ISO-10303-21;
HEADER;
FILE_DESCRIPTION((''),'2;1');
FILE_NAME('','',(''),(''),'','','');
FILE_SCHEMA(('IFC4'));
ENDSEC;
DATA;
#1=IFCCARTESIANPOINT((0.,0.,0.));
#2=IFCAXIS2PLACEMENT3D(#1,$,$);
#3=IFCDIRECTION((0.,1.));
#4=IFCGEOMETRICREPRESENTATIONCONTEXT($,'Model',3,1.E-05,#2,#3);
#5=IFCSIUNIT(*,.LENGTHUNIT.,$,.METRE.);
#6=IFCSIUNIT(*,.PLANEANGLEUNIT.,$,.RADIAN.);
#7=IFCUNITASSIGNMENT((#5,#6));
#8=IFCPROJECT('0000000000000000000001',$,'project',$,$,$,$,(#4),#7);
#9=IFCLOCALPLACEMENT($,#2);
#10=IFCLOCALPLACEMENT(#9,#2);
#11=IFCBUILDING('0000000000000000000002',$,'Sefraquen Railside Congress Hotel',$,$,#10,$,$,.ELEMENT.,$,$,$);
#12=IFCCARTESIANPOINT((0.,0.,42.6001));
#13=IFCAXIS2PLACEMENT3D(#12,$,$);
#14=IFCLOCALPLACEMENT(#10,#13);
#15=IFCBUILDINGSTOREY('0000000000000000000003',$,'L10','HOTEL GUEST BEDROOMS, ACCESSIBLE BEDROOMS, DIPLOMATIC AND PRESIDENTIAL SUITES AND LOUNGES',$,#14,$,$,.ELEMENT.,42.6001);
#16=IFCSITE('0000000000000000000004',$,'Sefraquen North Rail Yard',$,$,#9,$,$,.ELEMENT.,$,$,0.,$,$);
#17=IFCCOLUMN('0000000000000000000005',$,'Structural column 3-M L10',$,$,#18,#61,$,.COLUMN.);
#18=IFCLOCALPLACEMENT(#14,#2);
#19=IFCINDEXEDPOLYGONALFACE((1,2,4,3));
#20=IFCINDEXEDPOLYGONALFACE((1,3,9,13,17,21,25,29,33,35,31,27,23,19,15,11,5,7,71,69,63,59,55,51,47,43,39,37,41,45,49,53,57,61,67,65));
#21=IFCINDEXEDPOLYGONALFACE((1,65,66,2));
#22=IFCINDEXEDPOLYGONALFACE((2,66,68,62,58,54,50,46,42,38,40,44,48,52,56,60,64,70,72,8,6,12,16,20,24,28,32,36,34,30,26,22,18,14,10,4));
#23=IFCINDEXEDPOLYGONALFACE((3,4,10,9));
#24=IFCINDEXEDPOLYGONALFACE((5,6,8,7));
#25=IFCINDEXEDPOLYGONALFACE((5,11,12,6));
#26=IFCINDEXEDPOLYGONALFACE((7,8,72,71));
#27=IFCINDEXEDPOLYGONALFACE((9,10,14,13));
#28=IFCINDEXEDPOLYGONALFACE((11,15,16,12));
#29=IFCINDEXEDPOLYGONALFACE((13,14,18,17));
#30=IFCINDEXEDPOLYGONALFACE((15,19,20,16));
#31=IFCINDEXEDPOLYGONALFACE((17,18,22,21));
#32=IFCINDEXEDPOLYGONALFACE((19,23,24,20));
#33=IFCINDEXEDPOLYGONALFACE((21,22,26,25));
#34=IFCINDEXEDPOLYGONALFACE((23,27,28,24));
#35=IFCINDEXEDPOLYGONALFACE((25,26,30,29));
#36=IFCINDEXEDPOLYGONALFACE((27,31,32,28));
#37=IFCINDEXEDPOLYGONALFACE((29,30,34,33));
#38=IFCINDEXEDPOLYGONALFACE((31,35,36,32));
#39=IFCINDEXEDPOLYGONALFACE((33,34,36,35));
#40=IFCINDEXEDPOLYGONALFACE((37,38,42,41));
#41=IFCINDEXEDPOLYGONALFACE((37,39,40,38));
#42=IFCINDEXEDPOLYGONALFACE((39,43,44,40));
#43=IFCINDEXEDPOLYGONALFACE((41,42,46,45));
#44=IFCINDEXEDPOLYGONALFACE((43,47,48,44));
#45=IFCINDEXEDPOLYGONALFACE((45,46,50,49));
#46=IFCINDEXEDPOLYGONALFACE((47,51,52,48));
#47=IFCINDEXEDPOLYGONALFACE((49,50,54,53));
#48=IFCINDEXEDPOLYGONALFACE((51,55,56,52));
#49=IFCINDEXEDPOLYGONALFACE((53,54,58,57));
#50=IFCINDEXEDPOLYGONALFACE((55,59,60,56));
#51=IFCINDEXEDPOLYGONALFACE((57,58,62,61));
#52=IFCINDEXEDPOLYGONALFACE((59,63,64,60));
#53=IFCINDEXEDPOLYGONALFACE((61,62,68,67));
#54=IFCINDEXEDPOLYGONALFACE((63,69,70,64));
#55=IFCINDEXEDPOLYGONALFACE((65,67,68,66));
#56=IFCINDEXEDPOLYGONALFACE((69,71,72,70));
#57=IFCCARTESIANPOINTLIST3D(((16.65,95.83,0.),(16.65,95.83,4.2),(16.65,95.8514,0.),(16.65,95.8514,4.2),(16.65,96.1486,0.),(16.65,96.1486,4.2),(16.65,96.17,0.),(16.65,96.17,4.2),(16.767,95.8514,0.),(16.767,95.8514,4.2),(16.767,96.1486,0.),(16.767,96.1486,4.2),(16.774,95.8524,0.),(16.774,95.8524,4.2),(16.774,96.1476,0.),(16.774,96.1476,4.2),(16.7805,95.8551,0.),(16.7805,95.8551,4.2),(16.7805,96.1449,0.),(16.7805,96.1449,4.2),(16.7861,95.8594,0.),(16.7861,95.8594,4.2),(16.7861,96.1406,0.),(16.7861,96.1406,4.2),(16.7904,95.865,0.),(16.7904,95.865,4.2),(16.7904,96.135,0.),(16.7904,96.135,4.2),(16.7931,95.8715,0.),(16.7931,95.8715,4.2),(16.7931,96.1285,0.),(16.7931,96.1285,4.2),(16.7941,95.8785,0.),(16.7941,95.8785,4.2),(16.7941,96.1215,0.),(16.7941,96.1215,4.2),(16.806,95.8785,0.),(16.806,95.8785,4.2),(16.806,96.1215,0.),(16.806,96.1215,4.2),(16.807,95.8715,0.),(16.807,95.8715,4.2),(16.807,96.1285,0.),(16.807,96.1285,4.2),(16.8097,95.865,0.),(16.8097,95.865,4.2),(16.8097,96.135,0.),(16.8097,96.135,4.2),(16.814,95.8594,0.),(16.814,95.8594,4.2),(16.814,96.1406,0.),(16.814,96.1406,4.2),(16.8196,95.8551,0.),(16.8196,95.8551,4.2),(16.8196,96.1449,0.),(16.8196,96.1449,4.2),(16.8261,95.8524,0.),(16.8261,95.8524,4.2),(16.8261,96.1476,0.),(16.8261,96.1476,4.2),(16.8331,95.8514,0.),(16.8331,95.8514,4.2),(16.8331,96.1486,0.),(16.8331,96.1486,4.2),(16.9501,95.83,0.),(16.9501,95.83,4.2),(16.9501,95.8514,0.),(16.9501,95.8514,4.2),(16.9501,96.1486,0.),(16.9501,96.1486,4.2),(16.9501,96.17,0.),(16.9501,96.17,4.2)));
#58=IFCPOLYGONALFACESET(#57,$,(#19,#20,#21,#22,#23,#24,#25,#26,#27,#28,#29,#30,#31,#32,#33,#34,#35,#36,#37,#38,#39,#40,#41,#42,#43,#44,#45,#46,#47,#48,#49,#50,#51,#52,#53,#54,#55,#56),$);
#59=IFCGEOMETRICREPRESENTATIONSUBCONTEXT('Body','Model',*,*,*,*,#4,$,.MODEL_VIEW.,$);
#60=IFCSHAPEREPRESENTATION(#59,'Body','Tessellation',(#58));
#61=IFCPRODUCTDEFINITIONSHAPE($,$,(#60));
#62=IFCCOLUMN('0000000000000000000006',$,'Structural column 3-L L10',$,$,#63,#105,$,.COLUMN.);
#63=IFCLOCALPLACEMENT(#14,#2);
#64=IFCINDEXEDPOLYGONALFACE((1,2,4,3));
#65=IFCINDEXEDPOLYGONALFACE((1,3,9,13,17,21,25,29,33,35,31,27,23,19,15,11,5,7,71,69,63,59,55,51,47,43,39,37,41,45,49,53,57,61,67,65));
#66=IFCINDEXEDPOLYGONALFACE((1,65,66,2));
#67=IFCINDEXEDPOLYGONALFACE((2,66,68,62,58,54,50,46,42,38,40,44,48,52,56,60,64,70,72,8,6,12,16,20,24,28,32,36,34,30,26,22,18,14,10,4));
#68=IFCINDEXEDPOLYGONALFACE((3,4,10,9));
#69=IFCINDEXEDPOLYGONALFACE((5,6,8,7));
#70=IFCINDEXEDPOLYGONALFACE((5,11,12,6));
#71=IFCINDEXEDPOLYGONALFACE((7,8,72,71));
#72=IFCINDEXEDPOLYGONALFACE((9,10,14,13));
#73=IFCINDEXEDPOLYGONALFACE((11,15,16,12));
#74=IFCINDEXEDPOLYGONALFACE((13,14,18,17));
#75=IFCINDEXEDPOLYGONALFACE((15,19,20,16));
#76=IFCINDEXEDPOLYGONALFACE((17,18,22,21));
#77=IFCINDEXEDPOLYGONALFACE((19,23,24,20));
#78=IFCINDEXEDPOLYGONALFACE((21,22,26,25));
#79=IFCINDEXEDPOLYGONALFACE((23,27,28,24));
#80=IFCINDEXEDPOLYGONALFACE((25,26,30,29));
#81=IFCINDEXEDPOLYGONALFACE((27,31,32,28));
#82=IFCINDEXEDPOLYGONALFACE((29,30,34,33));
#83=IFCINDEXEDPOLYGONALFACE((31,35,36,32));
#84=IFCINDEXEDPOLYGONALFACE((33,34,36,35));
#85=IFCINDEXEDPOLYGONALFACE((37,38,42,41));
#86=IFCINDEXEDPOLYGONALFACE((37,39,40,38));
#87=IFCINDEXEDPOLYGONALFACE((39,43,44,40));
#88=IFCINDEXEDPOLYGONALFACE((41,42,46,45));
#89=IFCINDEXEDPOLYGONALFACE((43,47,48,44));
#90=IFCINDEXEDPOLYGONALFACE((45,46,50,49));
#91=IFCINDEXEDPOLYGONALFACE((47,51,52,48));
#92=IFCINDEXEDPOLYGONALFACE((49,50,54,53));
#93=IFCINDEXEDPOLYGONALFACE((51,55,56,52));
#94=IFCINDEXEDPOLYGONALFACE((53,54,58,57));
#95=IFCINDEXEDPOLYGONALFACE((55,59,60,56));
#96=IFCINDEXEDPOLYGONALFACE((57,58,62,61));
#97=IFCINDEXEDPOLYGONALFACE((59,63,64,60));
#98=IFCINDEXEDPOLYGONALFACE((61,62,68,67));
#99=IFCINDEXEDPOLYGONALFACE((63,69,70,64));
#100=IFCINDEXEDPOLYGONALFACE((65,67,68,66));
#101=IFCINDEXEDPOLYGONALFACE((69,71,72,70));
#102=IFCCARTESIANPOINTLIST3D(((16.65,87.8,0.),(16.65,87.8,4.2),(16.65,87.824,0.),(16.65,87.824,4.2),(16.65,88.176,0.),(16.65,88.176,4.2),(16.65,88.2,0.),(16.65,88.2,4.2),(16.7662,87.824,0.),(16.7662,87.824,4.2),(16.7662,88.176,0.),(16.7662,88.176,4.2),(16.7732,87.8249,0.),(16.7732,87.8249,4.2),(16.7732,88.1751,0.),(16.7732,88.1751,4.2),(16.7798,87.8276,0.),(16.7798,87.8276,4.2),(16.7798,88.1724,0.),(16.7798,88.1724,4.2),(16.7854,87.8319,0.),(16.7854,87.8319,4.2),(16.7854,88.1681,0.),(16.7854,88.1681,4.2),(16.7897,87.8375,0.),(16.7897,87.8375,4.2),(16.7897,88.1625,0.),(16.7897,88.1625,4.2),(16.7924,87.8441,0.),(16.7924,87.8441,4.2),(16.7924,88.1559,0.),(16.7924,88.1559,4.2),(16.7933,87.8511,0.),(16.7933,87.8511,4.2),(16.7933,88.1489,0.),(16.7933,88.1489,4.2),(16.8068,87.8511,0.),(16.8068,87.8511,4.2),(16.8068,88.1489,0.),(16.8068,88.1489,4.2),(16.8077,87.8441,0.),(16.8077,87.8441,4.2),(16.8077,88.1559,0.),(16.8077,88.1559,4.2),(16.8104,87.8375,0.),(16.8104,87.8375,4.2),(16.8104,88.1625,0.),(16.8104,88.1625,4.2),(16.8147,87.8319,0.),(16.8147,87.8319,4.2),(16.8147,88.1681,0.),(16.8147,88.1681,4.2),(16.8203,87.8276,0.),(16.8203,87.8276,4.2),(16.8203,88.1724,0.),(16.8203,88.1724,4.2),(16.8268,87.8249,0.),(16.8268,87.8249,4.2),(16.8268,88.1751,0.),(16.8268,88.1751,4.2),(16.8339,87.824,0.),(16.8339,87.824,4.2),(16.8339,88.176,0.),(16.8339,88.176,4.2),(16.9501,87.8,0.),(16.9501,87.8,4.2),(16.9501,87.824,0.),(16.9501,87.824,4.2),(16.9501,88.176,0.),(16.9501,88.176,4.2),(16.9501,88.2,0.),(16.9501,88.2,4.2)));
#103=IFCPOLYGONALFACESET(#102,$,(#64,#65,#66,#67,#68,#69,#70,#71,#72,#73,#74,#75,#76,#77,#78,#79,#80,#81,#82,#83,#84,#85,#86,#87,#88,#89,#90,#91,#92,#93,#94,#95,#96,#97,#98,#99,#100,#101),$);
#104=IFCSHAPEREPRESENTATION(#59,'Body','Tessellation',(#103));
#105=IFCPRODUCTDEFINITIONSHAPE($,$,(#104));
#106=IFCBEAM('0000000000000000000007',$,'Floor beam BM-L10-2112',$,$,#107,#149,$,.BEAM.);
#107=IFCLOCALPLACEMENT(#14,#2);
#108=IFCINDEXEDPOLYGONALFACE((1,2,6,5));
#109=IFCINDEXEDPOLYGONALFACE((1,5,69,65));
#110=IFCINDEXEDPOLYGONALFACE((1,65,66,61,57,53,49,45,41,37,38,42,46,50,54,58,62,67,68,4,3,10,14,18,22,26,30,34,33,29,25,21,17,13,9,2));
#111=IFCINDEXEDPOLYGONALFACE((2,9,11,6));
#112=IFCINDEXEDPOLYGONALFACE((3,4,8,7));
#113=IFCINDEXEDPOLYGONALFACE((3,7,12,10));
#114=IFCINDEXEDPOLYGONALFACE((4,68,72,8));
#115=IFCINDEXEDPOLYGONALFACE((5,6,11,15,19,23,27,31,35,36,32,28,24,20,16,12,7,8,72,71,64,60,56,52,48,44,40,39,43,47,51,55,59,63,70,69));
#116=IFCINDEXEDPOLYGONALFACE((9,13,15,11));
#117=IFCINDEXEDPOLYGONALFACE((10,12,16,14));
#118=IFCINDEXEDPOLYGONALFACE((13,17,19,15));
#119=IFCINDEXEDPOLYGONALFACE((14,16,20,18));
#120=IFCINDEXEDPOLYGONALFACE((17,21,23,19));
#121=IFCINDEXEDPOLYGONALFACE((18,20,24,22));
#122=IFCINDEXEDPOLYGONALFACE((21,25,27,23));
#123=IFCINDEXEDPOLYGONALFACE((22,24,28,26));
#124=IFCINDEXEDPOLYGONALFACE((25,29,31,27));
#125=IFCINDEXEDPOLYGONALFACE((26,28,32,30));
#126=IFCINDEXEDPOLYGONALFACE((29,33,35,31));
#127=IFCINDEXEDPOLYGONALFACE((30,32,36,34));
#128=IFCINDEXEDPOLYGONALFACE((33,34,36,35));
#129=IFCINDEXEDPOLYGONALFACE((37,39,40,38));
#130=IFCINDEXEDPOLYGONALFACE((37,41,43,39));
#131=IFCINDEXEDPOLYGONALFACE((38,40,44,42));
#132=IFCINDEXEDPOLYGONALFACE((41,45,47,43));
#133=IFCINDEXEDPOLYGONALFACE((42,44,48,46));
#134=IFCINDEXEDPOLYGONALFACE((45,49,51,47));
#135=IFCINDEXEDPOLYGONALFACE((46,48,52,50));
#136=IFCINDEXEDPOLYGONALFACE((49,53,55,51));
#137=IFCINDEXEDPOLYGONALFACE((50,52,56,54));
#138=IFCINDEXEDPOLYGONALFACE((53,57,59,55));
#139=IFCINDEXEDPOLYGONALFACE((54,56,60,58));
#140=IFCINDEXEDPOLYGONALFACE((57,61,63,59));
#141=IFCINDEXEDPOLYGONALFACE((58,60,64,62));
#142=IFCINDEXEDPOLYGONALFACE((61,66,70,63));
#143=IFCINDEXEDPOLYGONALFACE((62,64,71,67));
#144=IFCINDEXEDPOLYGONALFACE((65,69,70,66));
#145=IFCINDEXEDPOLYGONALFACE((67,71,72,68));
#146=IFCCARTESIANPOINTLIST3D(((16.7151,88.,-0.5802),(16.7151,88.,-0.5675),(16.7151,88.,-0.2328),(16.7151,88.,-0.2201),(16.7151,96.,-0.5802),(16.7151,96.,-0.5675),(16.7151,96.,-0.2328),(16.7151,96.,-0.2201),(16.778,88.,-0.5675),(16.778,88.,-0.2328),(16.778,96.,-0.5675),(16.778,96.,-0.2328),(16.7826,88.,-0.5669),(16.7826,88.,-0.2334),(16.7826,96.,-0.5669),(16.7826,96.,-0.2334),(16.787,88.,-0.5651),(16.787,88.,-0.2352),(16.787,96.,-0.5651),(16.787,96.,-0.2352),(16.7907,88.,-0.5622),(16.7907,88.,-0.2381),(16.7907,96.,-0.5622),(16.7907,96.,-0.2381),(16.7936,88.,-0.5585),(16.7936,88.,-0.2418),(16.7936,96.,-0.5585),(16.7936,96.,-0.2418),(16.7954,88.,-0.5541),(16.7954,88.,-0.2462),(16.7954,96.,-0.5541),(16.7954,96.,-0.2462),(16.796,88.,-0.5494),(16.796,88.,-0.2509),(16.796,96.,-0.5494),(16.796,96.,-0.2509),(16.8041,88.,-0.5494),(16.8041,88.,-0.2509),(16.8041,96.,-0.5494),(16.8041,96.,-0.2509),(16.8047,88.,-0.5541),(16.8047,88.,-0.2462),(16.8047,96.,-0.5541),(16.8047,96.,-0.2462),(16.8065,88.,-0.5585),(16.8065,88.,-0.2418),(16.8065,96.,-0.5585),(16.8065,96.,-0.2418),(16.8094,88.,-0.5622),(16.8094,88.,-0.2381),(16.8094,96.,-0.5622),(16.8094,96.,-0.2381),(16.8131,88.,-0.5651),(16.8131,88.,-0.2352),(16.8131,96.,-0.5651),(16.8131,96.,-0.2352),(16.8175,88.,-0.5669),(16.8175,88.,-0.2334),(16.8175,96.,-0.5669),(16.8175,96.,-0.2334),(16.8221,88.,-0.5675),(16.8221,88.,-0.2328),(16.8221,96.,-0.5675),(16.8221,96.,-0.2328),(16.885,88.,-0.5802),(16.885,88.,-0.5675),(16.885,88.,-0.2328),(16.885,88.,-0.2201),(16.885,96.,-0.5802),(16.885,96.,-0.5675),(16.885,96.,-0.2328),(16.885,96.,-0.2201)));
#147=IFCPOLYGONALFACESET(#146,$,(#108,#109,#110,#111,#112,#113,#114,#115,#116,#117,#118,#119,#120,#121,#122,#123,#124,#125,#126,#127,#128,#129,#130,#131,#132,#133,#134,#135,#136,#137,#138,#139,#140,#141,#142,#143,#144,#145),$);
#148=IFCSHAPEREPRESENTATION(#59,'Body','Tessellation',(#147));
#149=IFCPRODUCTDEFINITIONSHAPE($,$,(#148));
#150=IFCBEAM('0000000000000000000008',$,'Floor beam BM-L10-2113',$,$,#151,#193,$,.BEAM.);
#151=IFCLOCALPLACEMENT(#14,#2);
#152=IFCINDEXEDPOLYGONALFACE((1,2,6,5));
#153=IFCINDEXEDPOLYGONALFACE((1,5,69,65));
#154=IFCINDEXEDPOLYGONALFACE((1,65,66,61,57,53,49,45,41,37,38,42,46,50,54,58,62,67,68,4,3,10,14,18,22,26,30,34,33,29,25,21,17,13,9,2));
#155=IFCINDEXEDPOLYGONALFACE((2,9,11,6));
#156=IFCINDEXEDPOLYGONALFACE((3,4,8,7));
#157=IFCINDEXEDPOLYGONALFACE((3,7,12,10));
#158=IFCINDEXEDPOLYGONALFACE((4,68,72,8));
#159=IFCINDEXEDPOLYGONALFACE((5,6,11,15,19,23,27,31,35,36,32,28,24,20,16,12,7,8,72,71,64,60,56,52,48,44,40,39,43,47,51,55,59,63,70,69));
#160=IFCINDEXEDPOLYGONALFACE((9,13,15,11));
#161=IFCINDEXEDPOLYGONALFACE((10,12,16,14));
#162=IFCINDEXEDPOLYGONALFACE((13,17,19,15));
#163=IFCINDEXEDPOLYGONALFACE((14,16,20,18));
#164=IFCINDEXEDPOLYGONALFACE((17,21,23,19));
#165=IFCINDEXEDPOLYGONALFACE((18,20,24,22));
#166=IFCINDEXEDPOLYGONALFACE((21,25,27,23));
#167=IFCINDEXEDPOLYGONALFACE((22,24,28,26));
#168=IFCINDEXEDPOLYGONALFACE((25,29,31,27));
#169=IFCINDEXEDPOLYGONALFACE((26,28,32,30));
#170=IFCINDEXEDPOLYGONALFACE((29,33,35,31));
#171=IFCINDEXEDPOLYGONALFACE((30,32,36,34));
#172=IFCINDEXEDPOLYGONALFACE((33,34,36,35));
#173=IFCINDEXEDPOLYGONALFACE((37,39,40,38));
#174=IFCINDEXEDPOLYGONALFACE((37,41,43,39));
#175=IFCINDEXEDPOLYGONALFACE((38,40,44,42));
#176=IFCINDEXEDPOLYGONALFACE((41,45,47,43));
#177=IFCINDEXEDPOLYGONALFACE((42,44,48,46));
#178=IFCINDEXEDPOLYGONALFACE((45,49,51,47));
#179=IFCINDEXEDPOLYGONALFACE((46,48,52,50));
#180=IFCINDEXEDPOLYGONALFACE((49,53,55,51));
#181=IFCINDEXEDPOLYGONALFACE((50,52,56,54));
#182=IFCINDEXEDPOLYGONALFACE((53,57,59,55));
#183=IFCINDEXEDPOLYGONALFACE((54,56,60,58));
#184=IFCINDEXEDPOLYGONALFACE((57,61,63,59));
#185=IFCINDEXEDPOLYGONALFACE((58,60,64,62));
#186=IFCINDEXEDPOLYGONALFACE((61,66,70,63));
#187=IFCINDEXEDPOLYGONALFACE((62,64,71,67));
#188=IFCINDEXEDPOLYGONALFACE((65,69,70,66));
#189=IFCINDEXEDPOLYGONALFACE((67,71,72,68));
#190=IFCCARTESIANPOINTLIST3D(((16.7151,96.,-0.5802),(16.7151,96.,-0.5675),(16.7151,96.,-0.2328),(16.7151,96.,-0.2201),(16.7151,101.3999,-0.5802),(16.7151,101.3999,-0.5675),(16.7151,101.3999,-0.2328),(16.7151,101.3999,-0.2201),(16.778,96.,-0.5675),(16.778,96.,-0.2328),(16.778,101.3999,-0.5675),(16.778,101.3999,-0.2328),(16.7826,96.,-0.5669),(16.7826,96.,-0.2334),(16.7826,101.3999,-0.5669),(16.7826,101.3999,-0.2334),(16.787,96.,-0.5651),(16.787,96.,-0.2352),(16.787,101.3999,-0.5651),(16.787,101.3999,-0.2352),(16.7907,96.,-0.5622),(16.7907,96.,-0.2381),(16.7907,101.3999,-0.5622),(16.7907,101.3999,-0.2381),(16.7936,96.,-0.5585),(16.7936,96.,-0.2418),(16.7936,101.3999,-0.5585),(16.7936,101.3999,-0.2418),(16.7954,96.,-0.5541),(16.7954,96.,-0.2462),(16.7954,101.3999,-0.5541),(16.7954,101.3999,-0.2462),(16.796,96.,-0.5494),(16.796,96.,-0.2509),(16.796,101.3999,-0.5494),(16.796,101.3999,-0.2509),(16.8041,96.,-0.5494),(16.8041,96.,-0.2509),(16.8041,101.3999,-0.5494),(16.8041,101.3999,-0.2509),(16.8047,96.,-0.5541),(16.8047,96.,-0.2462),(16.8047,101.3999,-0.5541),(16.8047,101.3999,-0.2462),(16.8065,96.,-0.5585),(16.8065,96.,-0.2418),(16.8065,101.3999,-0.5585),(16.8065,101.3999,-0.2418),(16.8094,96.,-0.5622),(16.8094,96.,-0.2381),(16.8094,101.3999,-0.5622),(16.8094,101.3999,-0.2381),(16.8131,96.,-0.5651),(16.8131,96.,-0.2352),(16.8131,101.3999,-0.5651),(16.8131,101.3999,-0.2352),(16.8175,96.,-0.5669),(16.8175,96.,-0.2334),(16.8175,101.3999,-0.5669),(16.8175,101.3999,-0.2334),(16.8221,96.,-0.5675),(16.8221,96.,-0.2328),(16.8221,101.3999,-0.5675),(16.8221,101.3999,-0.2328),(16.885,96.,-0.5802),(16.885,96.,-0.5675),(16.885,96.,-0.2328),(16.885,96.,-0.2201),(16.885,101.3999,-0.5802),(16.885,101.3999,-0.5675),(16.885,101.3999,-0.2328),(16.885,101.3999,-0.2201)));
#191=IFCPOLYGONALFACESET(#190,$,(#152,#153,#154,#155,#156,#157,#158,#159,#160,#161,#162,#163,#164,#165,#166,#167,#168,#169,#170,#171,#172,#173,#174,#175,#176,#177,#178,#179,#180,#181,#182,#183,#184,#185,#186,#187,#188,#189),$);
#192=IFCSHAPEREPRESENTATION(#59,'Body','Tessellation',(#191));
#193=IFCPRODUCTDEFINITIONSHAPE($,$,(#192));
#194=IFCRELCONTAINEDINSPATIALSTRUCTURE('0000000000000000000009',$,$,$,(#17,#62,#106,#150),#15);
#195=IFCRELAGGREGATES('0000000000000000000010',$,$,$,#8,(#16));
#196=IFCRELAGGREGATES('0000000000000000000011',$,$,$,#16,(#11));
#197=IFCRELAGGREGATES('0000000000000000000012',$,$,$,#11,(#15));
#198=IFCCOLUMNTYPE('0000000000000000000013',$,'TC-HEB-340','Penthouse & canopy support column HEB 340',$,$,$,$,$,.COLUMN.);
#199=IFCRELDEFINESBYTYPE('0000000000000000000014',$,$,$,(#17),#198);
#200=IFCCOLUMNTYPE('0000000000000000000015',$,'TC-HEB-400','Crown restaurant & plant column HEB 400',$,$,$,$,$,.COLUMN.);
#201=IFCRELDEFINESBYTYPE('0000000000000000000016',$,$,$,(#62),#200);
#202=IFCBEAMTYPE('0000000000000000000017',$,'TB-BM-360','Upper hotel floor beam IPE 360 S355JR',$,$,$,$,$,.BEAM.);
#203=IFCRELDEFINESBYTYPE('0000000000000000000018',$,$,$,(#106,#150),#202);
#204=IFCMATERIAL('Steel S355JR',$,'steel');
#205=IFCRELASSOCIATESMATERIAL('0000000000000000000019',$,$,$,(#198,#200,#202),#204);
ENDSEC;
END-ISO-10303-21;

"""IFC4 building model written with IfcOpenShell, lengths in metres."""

from ifc_helpers import new_model, si_unit, direction, frame, origin, origin_2d, place, context, subcontext, project, spatial, i_section, extrude, material, material_profile, profile_set, type_object, element, save


model = new_model("IFC4")

# Units and contexts
model_context = context("Model", 3, precision=1e-05, world=origin(), true_north=direction((0.0, 1.0)))
body_context = subcontext(model_context, "Body", "Model", "MODEL_VIEW")
ifc_project = project(units=[si_unit("LENGTHUNIT", "METRE"), si_unit("PLANEANGLEUNIT", "RADIAN")], contexts=[model_context])

# Site, building, storey
site_placement = place(None, origin())
site = spatial("IfcSite", under=ifc_project, at=site_placement, Name="Sefraquen North Rail Yard", CompositionType="ELEMENT", RefElevation=0.0)
building_placement = place(site_placement, origin())
building = spatial("IfcBuilding", under=site, at=building_placement, Name="Sefraquen Railside Congress Hotel", CompositionType="ELEMENT")
storey_placement = place(building_placement, frame((0.0, 0.0, 42.6001)))
storey = spatial("IfcBuildingStorey", under=building, at=storey_placement, Name="L10", Description="HOTEL GUEST BEDROOMS, ACCESSIBLE BEDROOMS, DIPLOMATIC AND PRESIDENTIAL SUITES AND LOUNGES", CompositionType="ELEMENT", Elevation=42.6001)

# Columns
ifc_material_1 = material(Name="Steel S355JR", Category="steel")
ifc_material_profile_1 = material_profile(ifc_material_1, i_section(OverallWidth=0.3, OverallDepth=0.3401, WebThickness=0.012, FlangeThickness=0.0215, FilletRadius=0.0271, at=origin_2d()), Name="HEB 340")
ifc_profile_set_1 = profile_set([ifc_material_profile_1], Name="Steel S355JR")
column_type_1 = type_object("IfcColumnType", Name="TC-HEB-340", Description="Penthouse & canopy support column HEB 340", PredefinedType="COLUMN", material=ifc_profile_set_1)
column_1_placement = place(storey_placement, frame((16.8, 96.0, 0.0), z_axis=(0.0, 0.0, 1.0), x_axis=(1.0, 0.0, 0.0)))
element("IfcColumn", 1, at=column_1_placement, inside=storey, type_object=column_type_1, Name="Structural column 3-M L10", PredefinedType="COLUMN", context=body_context, shape_type="SweptSolid", body=[
    extrude(i_section(OverallWidth=0.3, OverallDepth=0.3401, WebThickness=0.012, FlangeThickness=0.0215, FilletRadius=0.0271, at=origin_2d()), origin(), (0.0, 0.0, 1.0), 4.2),
])
ifc_material_profile_2 = material_profile(ifc_material_1, i_section(OverallWidth=0.3, OverallDepth=0.3999, WebThickness=0.0134, FlangeThickness=0.0239, FilletRadius=0.0271, at=origin_2d()), Name="HEB 400")
ifc_profile_set_2 = profile_set([ifc_material_profile_2], Name="Steel S355JR")
column_type_2 = type_object("IfcColumnType", Name="TC-HEB-400", Description="Crown restaurant & plant column HEB 400", PredefinedType="COLUMN", material=ifc_profile_set_2)
column_2_placement = place(storey_placement, frame((16.8, 88.0, 0.0), z_axis=(0.0, 0.0, 1.0), x_axis=(1.0, 0.0, 0.0)))
element("IfcColumn", 2, at=column_2_placement, inside=storey, type_object=column_type_2, Name="Structural column 3-L L10", PredefinedType="COLUMN", context=body_context, shape_type="SweptSolid", body=[
    extrude(i_section(OverallWidth=0.3, OverallDepth=0.3999, WebThickness=0.0134, FlangeThickness=0.0239, FilletRadius=0.0271, at=origin_2d()), origin(), (0.0, 0.0, 1.0), 4.2),
])

# Beams
ifc_material_profile_3 = material_profile(ifc_material_1, i_section(OverallWidth=0.1699, OverallDepth=0.3601, WebThickness=0.0081, FlangeThickness=0.0127, FilletRadius=0.0181, at=origin_2d()), Name="IPE 360")
ifc_profile_set_3 = profile_set([ifc_material_profile_3], Name="Steel S355JR")
beam_type_1 = type_object("IfcBeamType", Name="TB-BM-360", Description="Upper hotel floor beam IPE 360 S355JR", PredefinedType="BEAM", material=ifc_profile_set_3)
beam_1_placement = place(storey_placement, frame((16.8, 88.0, -0.4001), z_axis=(0.0, 1.0, 0.0), x_axis=(-1.0, 0.0, 0.0)))
element("IfcBeam", 3, at=beam_1_placement, inside=storey, type_object=beam_type_1, Name="Floor beam BM-L10-2112", PredefinedType="BEAM", context=body_context, shape_type="SweptSolid", body=[
    extrude(i_section(OverallWidth=0.1699, OverallDepth=0.3601, WebThickness=0.0081, FlangeThickness=0.0127, FilletRadius=0.0181, at=origin_2d()), origin(), (0.0, 0.0, 1.0), 8.0),
])
beam_2_placement = place(storey_placement, frame((16.8, 96.0, -0.4001), z_axis=(0.0, 1.0, 0.0), x_axis=(-1.0, 0.0, 0.0)))
element("IfcBeam", 4, at=beam_2_placement, inside=storey, type_object=beam_type_1, Name="Floor beam BM-L10-2113", PredefinedType="BEAM", context=body_context, shape_type="SweptSolid", body=[
    extrude(i_section(OverallWidth=0.1699, OverallDepth=0.3601, WebThickness=0.0081, FlangeThickness=0.0127, FilletRadius=0.0181, at=origin_2d()), origin(), (0.0, 0.0, 1.0), 5.3999),
])

save(model, "model.ifc")
